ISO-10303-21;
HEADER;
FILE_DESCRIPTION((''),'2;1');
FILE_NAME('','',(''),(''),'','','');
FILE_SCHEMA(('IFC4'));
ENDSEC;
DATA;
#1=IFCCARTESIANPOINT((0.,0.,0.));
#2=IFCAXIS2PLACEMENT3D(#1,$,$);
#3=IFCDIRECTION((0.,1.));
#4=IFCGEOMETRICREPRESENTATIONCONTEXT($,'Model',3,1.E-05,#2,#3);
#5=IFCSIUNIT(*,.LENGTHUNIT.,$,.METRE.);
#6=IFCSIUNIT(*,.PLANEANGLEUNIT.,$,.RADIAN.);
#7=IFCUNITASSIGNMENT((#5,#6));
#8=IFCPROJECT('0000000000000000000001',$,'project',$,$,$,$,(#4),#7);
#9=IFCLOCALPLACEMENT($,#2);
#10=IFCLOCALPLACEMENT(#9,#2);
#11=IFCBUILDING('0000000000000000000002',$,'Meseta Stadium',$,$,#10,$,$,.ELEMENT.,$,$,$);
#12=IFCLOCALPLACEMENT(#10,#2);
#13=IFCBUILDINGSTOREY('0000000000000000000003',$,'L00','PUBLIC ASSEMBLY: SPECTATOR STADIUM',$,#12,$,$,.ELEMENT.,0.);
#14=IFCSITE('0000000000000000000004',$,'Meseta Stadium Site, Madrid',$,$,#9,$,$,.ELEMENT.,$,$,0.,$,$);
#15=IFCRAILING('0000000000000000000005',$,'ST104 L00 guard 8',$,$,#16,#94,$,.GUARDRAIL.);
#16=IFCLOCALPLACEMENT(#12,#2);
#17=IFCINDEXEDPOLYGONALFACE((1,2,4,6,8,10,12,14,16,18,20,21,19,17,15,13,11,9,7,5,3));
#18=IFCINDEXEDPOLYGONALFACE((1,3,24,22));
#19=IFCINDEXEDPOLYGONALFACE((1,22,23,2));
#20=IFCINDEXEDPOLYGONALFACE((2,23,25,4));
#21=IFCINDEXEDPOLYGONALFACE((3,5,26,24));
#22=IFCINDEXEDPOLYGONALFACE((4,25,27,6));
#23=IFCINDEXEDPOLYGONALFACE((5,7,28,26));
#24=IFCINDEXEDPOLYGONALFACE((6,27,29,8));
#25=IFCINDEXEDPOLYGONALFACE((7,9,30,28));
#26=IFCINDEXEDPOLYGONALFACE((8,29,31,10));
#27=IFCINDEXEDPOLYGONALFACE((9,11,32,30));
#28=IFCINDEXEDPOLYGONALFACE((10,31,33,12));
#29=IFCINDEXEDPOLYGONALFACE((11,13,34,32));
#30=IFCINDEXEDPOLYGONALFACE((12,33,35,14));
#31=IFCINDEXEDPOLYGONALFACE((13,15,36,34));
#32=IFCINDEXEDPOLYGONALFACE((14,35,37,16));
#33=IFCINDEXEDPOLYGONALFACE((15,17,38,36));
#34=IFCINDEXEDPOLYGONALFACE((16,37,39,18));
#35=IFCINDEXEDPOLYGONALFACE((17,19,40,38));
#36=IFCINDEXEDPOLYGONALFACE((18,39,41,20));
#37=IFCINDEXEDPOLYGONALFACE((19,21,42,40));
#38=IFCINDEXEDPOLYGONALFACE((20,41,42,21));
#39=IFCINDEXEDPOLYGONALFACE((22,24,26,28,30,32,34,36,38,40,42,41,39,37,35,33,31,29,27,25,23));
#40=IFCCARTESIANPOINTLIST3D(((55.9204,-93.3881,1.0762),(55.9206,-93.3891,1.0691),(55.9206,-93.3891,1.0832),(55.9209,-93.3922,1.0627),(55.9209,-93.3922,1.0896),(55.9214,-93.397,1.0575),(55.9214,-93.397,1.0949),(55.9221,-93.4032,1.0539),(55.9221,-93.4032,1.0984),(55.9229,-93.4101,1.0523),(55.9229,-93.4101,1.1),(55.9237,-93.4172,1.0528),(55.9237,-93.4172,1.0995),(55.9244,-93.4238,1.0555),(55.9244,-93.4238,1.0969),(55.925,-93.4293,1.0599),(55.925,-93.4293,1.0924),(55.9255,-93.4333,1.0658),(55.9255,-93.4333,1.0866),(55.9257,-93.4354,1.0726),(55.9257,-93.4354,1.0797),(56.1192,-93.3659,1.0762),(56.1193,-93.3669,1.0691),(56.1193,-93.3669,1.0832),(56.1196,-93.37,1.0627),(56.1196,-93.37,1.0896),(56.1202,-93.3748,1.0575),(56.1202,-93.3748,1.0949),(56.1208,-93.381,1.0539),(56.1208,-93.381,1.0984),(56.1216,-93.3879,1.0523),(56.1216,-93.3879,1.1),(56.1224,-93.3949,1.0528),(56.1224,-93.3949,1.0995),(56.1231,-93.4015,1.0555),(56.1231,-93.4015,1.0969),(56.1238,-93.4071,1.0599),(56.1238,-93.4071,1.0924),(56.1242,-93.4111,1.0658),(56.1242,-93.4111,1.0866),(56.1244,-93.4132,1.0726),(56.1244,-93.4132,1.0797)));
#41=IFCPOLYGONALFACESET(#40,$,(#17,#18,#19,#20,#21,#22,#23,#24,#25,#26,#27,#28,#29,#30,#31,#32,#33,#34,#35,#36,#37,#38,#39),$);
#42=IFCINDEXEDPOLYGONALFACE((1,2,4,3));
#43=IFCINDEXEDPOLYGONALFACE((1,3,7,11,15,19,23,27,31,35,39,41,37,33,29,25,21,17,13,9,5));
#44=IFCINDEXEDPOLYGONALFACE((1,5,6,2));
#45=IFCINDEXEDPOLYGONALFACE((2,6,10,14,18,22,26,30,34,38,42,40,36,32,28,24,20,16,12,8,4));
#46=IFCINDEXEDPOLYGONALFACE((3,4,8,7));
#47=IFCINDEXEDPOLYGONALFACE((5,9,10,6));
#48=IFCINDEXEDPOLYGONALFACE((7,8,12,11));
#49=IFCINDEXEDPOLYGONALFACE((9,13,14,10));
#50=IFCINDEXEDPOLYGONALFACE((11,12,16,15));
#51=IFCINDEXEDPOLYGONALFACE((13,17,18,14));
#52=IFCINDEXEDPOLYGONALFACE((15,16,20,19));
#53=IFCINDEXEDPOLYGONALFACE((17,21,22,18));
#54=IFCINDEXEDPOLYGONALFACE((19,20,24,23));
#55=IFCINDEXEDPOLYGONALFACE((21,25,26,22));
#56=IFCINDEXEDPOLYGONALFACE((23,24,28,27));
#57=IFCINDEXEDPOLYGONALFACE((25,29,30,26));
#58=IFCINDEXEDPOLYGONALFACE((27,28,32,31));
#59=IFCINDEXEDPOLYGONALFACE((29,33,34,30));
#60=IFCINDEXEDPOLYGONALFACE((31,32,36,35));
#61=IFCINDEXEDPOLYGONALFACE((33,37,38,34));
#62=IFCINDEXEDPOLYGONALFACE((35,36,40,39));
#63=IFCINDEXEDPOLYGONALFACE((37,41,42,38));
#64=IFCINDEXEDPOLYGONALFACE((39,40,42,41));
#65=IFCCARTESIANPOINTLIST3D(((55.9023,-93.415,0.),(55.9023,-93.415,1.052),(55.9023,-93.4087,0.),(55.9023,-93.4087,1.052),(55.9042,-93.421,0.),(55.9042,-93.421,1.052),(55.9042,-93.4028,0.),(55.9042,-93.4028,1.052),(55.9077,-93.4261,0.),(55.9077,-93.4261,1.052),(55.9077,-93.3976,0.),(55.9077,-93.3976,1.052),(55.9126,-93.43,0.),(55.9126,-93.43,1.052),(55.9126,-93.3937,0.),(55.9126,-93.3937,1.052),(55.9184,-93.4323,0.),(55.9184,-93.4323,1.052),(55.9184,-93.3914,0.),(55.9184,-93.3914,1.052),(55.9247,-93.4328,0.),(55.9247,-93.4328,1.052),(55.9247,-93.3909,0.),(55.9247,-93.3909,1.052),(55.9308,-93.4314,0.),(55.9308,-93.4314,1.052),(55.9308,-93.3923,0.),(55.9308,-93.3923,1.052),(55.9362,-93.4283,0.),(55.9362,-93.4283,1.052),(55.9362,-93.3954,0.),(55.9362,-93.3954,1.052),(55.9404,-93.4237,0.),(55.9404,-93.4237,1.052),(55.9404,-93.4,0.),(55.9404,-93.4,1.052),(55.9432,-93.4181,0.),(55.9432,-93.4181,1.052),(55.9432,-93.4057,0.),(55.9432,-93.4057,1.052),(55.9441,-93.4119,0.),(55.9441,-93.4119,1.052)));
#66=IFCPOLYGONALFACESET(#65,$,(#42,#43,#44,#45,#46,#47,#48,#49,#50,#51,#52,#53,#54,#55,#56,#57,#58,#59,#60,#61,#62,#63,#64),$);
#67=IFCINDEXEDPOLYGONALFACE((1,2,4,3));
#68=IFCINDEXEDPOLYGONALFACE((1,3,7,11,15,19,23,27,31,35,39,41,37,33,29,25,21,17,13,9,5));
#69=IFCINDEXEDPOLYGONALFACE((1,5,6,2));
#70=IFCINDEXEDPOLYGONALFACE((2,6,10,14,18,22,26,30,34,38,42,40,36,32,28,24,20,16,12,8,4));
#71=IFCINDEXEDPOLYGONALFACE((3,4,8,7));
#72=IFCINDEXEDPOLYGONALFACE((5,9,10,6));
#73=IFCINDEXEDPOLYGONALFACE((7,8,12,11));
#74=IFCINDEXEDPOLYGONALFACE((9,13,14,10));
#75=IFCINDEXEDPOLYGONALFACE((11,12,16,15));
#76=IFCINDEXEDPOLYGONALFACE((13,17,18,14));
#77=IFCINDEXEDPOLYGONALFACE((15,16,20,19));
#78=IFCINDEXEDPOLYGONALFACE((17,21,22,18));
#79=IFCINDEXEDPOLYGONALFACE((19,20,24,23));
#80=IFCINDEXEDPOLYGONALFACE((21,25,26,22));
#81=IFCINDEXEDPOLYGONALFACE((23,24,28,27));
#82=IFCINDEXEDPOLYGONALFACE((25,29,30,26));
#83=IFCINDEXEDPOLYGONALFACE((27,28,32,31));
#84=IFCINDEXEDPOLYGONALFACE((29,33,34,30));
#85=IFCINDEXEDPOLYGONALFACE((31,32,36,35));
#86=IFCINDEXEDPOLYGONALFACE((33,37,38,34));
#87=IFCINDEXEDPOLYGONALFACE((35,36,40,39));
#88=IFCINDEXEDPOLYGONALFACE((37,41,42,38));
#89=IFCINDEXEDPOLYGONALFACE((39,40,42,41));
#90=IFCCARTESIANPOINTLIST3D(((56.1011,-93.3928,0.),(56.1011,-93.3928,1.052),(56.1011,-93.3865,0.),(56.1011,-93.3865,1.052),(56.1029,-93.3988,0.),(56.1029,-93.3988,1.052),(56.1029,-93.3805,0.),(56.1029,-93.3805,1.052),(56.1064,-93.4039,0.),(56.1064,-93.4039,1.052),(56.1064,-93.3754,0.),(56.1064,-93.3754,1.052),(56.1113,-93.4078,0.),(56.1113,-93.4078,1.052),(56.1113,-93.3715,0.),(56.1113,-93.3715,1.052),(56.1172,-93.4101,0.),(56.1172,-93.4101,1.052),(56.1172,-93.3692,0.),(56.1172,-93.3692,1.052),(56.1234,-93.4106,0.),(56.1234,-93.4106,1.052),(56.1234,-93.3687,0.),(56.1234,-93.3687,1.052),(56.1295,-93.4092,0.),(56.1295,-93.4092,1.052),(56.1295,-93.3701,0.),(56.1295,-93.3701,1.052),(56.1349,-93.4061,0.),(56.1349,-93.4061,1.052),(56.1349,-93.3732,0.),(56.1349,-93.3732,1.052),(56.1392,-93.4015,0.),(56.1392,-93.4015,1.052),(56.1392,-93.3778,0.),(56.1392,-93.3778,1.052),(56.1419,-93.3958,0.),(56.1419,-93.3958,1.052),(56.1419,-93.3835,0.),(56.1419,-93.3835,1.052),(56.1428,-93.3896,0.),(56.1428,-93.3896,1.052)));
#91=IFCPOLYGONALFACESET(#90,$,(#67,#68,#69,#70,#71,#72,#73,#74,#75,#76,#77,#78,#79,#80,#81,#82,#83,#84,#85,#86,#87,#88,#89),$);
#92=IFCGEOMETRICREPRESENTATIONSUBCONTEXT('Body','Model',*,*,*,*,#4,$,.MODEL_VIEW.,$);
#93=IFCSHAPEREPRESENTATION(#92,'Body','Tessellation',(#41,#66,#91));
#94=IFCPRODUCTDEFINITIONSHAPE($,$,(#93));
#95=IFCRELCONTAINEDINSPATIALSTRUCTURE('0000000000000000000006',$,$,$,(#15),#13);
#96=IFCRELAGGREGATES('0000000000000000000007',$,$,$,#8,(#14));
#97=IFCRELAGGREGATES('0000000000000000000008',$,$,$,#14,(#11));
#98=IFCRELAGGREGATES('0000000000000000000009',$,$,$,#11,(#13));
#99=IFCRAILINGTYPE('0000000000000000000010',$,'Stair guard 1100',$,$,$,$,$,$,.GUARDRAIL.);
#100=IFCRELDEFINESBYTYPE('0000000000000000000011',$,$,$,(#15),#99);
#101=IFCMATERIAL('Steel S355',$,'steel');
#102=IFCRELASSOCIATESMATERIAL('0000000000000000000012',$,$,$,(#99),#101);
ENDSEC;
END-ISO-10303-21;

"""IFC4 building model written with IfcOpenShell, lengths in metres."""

from ifc_helpers import new_model, si_unit, direction, frame, origin, origin_2d, place, context, subcontext, project, spatial, circle, extrude, material, type_object, element, save


model = new_model("IFC4")

# Units and contexts
model_context = context("Model", 3, precision=1e-05, world=origin(), true_north=direction((0.0, 1.0)))
body_context = subcontext(model_context, "Body", "Model", "MODEL_VIEW")
ifc_project = project(units=[si_unit("LENGTHUNIT", "METRE"), si_unit("PLANEANGLEUNIT", "RADIAN")], contexts=[model_context])

# Site, building, storey
site_placement = place(None, origin())
site = spatial("IfcSite", under=ifc_project, at=site_placement, Name="Meseta Stadium Site, Madrid", CompositionType="ELEMENT", RefElevation=0.0)
building_placement = place(site_placement, origin())
building = spatial("IfcBuilding", under=site, at=building_placement, Name="Meseta Stadium", CompositionType="ELEMENT")
storey_placement = place(building_placement, origin())
storey = spatial("IfcBuildingStorey", under=building, at=storey_placement, Name="L00", Description="PUBLIC ASSEMBLY: SPECTATOR STADIUM", CompositionType="ELEMENT", Elevation=0.0)

# Railing
ifc_material_1 = material(Name="Steel S355", Category="steel")
railing_type_1 = type_object("IfcRailingType", Name="Stair guard 1100", PredefinedType="GUARDRAIL", material=ifc_material_1)
railing_1_placement = place(storey_placement, frame((55.9231, -93.4119, 0.0)))
element("IfcRailing", 1, at=railing_1_placement, inside=storey, type_object=railing_type_1, Name="ST104 L00 guard 8", PredefinedType="GUARDRAIL", context=body_context, shape_type="SweptSolid", body=[
    extrude(circle(Radius=0.0239, at=origin_2d()), frame((0.0, 0.0, 1.0762), z_axis=(0.993809, 0.111102, 0.0), x_axis=(-0.111102, 0.993809, 0.0)), (0.0, 0.0, 1.0), 0.2),
    extrude(circle(Radius=0.021, at=origin_2d()), origin(), (0.0, 0.0, 1.0), 1.052),
    extrude(circle(Radius=0.021, at=origin_2d()), frame((0.1987, 0.0222, 0.0)), (0.0, 0.0, 1.0), 1.052),
])

save(model, "model.ifc")
